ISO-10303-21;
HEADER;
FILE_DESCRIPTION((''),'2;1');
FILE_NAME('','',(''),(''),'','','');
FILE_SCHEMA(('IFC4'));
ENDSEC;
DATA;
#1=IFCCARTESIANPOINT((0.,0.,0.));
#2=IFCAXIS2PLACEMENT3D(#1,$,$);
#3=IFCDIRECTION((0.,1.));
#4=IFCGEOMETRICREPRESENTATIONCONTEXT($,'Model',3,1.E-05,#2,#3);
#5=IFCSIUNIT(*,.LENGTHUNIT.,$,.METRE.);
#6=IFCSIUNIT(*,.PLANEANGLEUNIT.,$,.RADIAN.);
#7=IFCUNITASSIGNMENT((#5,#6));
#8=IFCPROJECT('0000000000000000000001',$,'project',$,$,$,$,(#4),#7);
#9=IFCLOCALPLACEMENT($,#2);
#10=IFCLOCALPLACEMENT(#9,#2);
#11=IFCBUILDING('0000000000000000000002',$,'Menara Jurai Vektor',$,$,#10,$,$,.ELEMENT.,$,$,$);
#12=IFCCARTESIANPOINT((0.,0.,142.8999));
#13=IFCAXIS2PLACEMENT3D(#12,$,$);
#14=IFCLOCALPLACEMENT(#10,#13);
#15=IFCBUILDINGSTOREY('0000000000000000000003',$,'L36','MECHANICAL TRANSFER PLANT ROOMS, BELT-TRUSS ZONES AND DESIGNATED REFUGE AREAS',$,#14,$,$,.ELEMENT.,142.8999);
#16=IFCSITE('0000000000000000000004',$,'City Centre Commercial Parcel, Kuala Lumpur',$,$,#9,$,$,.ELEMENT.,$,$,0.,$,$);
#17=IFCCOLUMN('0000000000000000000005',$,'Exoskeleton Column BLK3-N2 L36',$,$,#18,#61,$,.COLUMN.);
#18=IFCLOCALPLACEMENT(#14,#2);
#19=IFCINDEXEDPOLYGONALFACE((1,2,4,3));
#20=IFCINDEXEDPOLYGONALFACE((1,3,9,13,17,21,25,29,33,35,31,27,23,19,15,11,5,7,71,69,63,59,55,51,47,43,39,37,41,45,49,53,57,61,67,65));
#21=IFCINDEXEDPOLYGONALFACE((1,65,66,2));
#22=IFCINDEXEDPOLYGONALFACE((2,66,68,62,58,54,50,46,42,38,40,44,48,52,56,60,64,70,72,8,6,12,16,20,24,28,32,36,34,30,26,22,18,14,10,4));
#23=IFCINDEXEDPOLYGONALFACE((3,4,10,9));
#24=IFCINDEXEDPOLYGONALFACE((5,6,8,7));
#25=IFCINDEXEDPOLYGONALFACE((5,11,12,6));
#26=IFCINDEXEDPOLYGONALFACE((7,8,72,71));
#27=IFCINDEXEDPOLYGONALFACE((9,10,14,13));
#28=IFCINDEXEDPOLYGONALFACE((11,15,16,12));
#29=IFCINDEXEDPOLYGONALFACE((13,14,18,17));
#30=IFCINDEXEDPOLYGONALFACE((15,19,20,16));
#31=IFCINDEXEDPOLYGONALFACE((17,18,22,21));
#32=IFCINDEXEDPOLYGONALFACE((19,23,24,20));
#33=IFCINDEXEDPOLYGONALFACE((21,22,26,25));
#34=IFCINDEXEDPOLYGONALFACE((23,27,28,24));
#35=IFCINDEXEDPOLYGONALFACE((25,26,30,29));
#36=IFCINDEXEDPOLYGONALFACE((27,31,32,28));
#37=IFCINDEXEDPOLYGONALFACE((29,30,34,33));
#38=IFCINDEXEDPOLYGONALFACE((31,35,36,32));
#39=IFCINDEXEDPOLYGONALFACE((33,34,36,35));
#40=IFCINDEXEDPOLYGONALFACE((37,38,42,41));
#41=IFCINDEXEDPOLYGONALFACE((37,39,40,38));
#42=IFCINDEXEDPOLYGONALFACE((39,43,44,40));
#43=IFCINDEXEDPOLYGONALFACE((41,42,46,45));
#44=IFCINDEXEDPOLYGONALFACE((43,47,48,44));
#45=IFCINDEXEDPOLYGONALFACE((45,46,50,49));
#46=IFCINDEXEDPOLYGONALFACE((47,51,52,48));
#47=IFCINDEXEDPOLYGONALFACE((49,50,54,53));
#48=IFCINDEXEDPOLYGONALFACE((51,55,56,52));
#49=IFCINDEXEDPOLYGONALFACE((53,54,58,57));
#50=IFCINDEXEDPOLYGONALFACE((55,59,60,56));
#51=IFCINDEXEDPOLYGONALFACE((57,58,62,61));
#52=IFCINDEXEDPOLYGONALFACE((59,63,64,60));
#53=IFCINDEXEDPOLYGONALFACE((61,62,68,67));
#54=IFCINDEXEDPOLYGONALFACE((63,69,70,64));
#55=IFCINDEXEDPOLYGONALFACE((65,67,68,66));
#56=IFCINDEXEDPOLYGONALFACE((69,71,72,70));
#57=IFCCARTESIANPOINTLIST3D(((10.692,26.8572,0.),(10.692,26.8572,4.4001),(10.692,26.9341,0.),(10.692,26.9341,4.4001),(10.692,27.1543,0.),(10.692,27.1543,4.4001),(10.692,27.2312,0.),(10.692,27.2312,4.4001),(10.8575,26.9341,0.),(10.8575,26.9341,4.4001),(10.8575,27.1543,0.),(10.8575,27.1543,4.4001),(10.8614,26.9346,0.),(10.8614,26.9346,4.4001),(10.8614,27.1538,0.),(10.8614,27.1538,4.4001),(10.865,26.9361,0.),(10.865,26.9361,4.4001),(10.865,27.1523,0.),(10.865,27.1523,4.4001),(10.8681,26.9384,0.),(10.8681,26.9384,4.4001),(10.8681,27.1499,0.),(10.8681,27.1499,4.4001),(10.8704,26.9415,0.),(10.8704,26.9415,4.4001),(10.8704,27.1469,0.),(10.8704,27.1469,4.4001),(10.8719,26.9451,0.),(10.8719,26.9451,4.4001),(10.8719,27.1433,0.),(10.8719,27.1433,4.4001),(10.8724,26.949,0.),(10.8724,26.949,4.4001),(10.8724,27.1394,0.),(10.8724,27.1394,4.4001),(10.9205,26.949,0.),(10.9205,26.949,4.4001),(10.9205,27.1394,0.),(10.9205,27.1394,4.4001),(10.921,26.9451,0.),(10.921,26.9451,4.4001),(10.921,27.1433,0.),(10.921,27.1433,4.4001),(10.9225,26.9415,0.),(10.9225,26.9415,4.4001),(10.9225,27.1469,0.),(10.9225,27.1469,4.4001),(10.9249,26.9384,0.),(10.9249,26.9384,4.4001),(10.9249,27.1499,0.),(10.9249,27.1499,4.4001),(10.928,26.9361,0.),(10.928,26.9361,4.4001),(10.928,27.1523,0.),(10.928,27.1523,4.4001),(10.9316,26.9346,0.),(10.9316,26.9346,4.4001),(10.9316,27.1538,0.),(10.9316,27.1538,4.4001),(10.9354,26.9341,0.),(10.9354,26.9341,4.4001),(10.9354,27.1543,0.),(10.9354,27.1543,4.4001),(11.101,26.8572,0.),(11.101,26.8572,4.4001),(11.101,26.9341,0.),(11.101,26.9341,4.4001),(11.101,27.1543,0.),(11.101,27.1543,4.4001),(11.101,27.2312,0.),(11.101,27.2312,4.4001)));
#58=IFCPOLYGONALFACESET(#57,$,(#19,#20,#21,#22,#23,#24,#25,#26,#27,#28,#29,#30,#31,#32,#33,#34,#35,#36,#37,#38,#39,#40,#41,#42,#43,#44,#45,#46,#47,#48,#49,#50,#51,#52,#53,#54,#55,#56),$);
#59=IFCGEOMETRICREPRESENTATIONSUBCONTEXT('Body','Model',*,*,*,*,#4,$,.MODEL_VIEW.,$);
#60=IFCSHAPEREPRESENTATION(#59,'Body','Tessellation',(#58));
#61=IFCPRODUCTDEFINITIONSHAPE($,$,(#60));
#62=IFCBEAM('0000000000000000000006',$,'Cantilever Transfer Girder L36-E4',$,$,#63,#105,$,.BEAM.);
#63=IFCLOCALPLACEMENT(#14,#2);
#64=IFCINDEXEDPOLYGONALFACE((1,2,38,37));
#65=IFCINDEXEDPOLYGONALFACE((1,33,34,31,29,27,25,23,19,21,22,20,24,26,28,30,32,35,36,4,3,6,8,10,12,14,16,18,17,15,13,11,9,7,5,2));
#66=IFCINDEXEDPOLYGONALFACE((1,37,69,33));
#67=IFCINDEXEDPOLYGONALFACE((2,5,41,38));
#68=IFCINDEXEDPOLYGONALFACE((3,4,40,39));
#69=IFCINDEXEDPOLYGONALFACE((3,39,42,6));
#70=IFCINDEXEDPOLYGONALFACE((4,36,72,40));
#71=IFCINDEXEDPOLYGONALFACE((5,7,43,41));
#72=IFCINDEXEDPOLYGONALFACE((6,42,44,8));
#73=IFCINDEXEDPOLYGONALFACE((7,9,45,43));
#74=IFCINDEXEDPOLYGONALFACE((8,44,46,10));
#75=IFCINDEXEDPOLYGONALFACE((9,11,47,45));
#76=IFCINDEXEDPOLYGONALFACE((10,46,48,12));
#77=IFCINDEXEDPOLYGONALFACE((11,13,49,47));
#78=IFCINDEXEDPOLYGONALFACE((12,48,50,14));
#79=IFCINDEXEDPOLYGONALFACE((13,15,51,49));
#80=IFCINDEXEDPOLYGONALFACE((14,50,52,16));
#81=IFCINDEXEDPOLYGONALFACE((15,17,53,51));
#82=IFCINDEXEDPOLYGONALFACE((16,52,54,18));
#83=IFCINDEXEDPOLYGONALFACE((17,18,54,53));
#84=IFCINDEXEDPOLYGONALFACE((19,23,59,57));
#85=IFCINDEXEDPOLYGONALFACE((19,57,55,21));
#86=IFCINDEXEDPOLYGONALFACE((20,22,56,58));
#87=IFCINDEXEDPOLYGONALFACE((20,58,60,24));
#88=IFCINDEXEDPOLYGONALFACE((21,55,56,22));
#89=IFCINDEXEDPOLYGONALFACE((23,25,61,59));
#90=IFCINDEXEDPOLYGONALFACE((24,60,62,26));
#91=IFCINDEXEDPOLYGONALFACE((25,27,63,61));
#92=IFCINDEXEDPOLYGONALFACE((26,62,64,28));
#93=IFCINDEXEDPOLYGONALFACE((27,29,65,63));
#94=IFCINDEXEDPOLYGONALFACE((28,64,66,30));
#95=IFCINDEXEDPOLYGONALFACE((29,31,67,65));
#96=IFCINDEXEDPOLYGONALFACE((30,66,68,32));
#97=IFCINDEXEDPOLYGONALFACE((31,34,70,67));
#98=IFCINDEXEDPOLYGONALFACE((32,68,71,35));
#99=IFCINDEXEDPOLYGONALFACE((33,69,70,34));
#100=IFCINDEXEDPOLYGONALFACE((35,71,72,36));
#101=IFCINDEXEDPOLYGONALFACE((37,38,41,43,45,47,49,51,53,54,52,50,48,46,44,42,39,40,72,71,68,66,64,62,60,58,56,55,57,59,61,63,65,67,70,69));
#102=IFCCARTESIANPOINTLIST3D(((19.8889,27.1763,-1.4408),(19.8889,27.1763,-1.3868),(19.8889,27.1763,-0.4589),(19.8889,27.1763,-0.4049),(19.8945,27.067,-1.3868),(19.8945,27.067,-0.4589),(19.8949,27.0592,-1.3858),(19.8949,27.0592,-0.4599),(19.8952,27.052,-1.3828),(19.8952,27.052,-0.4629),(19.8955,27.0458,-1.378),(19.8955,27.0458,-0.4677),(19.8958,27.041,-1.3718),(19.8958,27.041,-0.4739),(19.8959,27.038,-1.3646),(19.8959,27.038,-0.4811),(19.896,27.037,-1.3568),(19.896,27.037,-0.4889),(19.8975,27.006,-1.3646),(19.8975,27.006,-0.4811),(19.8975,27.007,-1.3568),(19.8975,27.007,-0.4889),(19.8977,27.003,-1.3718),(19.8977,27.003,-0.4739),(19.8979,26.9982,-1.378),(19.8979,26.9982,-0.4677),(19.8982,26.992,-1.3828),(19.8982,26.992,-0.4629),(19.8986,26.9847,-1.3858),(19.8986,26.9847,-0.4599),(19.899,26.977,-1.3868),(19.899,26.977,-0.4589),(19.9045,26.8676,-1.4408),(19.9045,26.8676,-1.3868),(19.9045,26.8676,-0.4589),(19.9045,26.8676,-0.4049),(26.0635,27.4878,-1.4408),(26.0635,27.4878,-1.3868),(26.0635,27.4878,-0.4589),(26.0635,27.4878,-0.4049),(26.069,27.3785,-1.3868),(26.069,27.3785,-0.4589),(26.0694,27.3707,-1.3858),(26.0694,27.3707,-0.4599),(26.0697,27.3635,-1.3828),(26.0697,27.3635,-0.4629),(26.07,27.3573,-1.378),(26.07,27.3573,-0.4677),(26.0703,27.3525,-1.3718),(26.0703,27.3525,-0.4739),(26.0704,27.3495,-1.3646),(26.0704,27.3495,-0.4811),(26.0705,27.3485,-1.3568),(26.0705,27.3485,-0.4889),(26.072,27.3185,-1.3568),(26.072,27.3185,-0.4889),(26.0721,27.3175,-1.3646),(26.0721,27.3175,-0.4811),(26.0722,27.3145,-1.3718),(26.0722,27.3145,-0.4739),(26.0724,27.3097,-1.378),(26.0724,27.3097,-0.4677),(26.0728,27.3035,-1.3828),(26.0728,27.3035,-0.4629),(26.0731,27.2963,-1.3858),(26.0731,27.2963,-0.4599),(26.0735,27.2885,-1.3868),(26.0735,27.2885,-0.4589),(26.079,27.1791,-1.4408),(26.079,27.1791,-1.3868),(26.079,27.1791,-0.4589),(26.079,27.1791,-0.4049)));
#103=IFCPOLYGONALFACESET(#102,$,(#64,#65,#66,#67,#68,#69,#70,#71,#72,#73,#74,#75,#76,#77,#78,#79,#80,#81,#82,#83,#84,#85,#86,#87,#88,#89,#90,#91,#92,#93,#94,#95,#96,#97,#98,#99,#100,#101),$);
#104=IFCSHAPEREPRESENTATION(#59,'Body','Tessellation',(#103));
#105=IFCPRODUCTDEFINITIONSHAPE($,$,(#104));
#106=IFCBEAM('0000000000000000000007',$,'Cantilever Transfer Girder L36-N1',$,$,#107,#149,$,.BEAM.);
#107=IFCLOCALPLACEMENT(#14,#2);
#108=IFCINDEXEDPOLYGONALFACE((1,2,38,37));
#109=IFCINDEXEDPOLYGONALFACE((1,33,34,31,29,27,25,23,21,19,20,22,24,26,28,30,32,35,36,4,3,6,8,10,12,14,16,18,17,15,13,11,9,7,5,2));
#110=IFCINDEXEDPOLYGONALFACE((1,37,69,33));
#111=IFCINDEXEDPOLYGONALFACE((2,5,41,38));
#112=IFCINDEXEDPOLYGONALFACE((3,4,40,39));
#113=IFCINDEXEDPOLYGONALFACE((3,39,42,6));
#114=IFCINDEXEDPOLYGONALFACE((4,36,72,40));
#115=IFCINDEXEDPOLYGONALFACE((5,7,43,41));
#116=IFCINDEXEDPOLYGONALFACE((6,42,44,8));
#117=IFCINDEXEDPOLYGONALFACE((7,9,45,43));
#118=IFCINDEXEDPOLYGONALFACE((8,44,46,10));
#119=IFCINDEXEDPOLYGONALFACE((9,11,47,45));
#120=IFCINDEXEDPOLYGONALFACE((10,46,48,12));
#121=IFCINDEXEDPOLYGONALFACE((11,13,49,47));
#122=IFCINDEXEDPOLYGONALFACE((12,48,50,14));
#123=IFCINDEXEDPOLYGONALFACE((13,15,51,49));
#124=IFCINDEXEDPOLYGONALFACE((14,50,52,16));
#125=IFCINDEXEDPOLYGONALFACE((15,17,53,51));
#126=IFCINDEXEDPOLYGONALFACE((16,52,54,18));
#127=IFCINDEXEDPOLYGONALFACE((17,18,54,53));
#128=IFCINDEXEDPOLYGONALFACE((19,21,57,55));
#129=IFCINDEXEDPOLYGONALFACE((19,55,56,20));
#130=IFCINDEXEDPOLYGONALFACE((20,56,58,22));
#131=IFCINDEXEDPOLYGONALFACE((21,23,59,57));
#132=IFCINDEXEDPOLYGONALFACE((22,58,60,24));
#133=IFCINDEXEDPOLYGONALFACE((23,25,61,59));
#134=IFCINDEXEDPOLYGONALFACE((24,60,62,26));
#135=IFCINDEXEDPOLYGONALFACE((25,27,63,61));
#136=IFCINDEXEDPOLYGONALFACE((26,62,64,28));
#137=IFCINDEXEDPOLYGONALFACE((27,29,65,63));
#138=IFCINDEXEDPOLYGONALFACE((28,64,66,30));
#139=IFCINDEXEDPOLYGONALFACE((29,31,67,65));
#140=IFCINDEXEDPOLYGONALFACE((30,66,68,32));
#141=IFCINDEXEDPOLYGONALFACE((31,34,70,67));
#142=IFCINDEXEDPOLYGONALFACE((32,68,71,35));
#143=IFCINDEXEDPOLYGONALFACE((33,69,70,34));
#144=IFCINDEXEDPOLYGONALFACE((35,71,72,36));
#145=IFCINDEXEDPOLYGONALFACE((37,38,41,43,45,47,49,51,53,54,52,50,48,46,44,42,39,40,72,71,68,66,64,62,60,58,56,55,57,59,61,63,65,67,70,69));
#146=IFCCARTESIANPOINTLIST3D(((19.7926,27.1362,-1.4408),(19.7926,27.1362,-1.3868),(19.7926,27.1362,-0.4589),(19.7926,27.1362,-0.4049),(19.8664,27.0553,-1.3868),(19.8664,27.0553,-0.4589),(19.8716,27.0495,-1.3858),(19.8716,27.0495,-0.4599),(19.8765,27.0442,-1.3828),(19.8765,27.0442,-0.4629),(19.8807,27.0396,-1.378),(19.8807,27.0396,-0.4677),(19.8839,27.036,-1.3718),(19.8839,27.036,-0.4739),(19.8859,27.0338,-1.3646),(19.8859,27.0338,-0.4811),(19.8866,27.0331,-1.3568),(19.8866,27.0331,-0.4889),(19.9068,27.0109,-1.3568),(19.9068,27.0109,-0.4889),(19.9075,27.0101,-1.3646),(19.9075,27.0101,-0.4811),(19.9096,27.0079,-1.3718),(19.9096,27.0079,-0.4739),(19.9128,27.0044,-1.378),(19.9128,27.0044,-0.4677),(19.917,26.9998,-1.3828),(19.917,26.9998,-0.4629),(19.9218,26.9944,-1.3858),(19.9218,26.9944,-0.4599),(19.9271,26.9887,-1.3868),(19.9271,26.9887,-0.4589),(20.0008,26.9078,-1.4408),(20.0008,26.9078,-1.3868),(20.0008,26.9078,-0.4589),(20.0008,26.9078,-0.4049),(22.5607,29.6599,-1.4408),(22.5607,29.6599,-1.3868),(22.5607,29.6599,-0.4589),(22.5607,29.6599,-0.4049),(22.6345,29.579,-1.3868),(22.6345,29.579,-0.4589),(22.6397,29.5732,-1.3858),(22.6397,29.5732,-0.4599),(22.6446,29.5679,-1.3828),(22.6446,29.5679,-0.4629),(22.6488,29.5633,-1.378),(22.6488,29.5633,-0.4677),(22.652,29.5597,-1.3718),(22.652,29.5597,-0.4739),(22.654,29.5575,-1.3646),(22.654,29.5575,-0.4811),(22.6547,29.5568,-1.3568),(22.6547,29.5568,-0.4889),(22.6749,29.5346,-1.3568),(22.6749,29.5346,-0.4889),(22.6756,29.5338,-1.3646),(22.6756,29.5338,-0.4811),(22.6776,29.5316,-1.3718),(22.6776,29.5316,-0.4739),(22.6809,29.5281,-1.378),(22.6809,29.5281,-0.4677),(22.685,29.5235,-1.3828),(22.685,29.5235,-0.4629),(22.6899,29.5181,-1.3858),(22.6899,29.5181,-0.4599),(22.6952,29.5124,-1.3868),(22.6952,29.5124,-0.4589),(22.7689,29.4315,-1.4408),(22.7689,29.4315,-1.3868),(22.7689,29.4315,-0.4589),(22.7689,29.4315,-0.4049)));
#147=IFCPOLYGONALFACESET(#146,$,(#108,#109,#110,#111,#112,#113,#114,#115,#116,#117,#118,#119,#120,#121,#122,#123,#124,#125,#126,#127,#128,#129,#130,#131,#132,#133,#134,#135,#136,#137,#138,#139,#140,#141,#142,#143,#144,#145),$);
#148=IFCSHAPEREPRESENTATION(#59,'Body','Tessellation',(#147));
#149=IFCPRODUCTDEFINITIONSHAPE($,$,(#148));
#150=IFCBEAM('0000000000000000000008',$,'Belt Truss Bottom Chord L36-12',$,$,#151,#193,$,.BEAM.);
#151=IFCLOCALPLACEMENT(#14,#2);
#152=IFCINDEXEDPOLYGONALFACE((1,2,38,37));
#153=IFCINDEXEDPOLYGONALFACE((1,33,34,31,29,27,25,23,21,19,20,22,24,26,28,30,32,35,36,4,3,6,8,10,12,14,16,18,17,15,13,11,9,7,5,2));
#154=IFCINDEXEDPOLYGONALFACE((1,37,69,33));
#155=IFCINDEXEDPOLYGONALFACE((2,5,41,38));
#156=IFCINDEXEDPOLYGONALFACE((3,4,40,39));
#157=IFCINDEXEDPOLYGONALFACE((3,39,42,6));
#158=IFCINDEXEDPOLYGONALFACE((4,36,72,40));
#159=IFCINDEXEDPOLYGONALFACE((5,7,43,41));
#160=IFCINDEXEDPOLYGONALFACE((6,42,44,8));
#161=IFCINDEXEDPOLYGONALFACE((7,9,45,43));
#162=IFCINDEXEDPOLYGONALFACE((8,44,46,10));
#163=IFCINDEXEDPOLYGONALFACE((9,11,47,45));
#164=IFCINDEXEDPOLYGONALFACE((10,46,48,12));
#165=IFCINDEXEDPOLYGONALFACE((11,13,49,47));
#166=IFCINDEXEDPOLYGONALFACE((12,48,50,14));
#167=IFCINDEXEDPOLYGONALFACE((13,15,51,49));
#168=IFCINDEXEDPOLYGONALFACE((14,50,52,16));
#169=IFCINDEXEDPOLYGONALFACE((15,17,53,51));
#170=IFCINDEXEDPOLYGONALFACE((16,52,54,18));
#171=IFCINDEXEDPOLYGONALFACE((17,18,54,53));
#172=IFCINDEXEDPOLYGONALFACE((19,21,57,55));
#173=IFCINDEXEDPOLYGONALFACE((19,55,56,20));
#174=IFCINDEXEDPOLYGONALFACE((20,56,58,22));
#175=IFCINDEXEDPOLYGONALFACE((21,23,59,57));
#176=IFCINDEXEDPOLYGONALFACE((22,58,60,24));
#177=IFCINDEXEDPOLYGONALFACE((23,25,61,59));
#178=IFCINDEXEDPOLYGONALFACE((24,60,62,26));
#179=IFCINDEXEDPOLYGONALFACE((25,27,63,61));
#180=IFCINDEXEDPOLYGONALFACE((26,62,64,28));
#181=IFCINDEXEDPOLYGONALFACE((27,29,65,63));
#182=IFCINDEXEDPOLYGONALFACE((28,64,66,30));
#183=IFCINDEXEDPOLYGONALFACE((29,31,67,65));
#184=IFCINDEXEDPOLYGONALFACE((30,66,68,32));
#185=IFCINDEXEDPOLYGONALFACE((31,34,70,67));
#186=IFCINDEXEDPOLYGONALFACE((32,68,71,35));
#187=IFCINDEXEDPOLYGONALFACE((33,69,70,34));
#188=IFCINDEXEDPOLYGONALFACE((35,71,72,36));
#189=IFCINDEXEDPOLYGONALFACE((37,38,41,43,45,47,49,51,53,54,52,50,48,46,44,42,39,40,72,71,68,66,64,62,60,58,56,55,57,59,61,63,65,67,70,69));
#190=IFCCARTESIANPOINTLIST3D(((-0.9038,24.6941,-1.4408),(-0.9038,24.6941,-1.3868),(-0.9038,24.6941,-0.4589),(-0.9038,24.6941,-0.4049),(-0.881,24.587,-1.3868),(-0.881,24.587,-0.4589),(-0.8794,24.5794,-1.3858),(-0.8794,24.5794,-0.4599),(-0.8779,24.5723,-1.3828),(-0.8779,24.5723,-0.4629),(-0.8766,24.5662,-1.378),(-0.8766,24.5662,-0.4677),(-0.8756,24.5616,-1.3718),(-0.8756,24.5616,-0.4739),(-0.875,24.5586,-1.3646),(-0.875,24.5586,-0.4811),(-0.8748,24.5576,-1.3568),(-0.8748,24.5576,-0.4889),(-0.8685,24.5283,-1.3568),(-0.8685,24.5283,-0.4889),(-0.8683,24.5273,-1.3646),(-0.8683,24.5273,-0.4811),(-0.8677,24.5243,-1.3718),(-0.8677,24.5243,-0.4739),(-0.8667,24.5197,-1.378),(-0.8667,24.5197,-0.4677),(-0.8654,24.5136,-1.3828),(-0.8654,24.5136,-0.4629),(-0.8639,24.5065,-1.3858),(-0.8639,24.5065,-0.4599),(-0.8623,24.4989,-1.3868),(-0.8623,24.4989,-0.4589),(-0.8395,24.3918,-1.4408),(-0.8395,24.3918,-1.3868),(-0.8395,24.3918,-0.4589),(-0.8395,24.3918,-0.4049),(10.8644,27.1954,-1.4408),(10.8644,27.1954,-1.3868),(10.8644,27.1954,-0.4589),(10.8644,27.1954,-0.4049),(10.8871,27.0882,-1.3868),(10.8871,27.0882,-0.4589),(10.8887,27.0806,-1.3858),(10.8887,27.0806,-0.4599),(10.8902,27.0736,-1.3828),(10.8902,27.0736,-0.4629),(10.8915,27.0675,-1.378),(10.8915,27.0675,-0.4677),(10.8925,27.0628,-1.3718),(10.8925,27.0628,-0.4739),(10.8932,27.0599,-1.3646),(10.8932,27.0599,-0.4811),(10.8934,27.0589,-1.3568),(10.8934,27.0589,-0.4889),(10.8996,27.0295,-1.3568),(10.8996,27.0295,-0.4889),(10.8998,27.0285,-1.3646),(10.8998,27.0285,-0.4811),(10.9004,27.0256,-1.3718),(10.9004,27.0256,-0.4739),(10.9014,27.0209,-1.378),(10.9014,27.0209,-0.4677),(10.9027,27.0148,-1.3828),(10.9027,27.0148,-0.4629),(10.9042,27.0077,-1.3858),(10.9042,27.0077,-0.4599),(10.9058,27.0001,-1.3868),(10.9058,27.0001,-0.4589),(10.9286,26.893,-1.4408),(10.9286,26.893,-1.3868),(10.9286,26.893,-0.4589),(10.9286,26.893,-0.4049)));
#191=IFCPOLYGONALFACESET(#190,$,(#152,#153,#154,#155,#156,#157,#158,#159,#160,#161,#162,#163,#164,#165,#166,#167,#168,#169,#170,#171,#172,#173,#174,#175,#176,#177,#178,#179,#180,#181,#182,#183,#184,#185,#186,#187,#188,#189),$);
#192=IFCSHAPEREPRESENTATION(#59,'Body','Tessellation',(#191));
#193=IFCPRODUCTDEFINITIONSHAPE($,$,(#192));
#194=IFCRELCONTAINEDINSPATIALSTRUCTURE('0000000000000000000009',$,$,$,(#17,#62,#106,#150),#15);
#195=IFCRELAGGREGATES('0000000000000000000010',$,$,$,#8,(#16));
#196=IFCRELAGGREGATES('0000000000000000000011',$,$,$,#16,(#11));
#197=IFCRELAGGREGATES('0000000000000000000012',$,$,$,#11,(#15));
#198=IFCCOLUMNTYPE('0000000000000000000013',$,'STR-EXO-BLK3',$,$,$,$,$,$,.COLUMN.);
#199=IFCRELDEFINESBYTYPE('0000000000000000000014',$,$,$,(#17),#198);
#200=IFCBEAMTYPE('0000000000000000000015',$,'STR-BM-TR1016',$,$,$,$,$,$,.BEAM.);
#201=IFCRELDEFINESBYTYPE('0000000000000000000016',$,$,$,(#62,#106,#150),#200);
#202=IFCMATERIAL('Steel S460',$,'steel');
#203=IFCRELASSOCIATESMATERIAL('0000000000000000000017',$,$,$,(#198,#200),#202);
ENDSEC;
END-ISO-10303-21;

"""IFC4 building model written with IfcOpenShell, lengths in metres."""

from ifc_helpers import new_model, si_unit, direction, frame, origin, origin_2d, place, context, subcontext, project, spatial, i_section, extrude, material, material_profile, profile_set, type_object, element, save


model = new_model("IFC4")

# Units and contexts
model_context = context("Model", 3, precision=1e-05, world=origin(), true_north=direction((0.0, 1.0)))
body_context = subcontext(model_context, "Body", "Model", "MODEL_VIEW")
ifc_project = project(units=[si_unit("LENGTHUNIT", "METRE"), si_unit("PLANEANGLEUNIT", "RADIAN")], contexts=[model_context])

# Site, building, storey
site_placement = place(None, origin())
site = spatial("IfcSite", under=ifc_project, at=site_placement, Name="City Centre Commercial Parcel, Kuala Lumpur", CompositionType="ELEMENT", RefElevation=0.0)
building_placement = place(site_placement, origin())
building = spatial("IfcBuilding", under=site, at=building_placement, Name="Menara Jurai Vektor", CompositionType="ELEMENT")
storey_placement = place(building_placement, frame((0.0, 0.0, 142.8999)))
storey = spatial("IfcBuildingStorey", under=building, at=storey_placement, Name="L36", Description="MECHANICAL TRANSFER PLANT ROOMS, BELT-TRUSS ZONES AND DESIGNATED REFUGE AREAS", CompositionType="ELEMENT", Elevation=142.8999)

# Column
ifc_material_1 = material(Name="Steel S460", Category="steel")
ifc_material_profile_1 = material_profile(ifc_material_1, i_section(OverallWidth=0.4089, OverallDepth=0.374, WebThickness=0.0481, FlangeThickness=0.0769, FilletRadius=0.0149, at=origin_2d()), Name="HD 400x634")
ifc_profile_set_1 = profile_set([ifc_material_profile_1], Name="Steel S460")
column_type = type_object("IfcColumnType", Name="STR-EXO-BLK3", PredefinedType="COLUMN", material=ifc_profile_set_1)
column_placement = place(storey_placement, frame((10.8965, 27.0442, 0.0), z_axis=(0.0, 0.0, 1.0), x_axis=(1.0, 0.0, 0.0)))
element("IfcColumn", 1, at=column_placement, inside=storey, type_object=column_type, Name="Exoskeleton Column BLK3-N2 L36", PredefinedType="COLUMN", context=body_context, shape_type="SweptSolid", body=[
    extrude(i_section(OverallWidth=0.4089, OverallDepth=0.374, WebThickness=0.0481, FlangeThickness=0.0769, FilletRadius=0.0149, at=origin_2d()), origin(), (0.0, 0.0, 1.0), 4.4001),
])

# Beams
ifc_material_profile_2 = material_profile(ifc_material_1, i_section(OverallWidth=0.3091, OverallDepth=1.0359, WebThickness=0.03, FlangeThickness=0.054, FilletRadius=0.03, at=origin_2d()), Name="UKB 1016x305x487")
ifc_profile_set_2 = profile_set([ifc_material_profile_2], Name="Steel S460")
beam_type_1 = type_object("IfcBeamType", Name="STR-BM-TR1016", PredefinedType="BEAM", material=ifc_profile_set_2)
beam_1_placement = place(storey_placement, frame((19.8967, 27.022, -0.9229), z_axis=(0.99873, 0.050389, 0.0), x_axis=(-0.050389, 0.99873, 0.0)))
element("IfcBeam", 2, at=beam_1_placement, inside=storey, type_object=beam_type_1, Name="Cantilever Transfer Girder L36-E4", PredefinedType="BEAM", context=body_context, shape_type="SweptSolid", body=[
    extrude(i_section(OverallWidth=0.3091, OverallDepth=1.0359, WebThickness=0.03, FlangeThickness=0.054, FilletRadius=0.03, at=origin_2d()), origin(), (0.0, 0.0, 1.0), 6.1824),
])
beam_2_placement = place(storey_placement, frame((19.8967, 27.022, -0.9229), z_axis=(0.738975, 0.673733, 0.0), x_axis=(-0.673733, 0.738975, 0.0)))
element("IfcBeam", 3, at=beam_2_placement, inside=storey, type_object=beam_type_1, Name="Cantilever Transfer Girder L36-N1", PredefinedType="BEAM", context=body_context, shape_type="SweptSolid", body=[
    extrude(i_section(OverallWidth=0.3091, OverallDepth=1.0359, WebThickness=0.03, FlangeThickness=0.054, FilletRadius=0.03, at=origin_2d()), origin(), (0.0, 0.0, 1.0), 3.7458),
])
beam_3_placement = place(storey_placement, frame((10.8965, 27.0442, -0.9229), z_axis=(-0.97815, -0.207899, 0.0), x_axis=(0.207899, -0.97815, 0.0)))
element("IfcBeam", 4, at=beam_3_placement, inside=storey, type_object=beam_type_1, Name="Belt Truss Bottom Chord L36-12", PredefinedType="BEAM", context=body_context, shape_type="SweptSolid", body=[
    extrude(i_section(OverallWidth=0.3091, OverallDepth=1.0359, WebThickness=0.03, FlangeThickness=0.054, FilletRadius=0.03, at=origin_2d()), origin(), (0.0, 0.0, 1.0), 12.031),
])

save(model, "model.ifc")
